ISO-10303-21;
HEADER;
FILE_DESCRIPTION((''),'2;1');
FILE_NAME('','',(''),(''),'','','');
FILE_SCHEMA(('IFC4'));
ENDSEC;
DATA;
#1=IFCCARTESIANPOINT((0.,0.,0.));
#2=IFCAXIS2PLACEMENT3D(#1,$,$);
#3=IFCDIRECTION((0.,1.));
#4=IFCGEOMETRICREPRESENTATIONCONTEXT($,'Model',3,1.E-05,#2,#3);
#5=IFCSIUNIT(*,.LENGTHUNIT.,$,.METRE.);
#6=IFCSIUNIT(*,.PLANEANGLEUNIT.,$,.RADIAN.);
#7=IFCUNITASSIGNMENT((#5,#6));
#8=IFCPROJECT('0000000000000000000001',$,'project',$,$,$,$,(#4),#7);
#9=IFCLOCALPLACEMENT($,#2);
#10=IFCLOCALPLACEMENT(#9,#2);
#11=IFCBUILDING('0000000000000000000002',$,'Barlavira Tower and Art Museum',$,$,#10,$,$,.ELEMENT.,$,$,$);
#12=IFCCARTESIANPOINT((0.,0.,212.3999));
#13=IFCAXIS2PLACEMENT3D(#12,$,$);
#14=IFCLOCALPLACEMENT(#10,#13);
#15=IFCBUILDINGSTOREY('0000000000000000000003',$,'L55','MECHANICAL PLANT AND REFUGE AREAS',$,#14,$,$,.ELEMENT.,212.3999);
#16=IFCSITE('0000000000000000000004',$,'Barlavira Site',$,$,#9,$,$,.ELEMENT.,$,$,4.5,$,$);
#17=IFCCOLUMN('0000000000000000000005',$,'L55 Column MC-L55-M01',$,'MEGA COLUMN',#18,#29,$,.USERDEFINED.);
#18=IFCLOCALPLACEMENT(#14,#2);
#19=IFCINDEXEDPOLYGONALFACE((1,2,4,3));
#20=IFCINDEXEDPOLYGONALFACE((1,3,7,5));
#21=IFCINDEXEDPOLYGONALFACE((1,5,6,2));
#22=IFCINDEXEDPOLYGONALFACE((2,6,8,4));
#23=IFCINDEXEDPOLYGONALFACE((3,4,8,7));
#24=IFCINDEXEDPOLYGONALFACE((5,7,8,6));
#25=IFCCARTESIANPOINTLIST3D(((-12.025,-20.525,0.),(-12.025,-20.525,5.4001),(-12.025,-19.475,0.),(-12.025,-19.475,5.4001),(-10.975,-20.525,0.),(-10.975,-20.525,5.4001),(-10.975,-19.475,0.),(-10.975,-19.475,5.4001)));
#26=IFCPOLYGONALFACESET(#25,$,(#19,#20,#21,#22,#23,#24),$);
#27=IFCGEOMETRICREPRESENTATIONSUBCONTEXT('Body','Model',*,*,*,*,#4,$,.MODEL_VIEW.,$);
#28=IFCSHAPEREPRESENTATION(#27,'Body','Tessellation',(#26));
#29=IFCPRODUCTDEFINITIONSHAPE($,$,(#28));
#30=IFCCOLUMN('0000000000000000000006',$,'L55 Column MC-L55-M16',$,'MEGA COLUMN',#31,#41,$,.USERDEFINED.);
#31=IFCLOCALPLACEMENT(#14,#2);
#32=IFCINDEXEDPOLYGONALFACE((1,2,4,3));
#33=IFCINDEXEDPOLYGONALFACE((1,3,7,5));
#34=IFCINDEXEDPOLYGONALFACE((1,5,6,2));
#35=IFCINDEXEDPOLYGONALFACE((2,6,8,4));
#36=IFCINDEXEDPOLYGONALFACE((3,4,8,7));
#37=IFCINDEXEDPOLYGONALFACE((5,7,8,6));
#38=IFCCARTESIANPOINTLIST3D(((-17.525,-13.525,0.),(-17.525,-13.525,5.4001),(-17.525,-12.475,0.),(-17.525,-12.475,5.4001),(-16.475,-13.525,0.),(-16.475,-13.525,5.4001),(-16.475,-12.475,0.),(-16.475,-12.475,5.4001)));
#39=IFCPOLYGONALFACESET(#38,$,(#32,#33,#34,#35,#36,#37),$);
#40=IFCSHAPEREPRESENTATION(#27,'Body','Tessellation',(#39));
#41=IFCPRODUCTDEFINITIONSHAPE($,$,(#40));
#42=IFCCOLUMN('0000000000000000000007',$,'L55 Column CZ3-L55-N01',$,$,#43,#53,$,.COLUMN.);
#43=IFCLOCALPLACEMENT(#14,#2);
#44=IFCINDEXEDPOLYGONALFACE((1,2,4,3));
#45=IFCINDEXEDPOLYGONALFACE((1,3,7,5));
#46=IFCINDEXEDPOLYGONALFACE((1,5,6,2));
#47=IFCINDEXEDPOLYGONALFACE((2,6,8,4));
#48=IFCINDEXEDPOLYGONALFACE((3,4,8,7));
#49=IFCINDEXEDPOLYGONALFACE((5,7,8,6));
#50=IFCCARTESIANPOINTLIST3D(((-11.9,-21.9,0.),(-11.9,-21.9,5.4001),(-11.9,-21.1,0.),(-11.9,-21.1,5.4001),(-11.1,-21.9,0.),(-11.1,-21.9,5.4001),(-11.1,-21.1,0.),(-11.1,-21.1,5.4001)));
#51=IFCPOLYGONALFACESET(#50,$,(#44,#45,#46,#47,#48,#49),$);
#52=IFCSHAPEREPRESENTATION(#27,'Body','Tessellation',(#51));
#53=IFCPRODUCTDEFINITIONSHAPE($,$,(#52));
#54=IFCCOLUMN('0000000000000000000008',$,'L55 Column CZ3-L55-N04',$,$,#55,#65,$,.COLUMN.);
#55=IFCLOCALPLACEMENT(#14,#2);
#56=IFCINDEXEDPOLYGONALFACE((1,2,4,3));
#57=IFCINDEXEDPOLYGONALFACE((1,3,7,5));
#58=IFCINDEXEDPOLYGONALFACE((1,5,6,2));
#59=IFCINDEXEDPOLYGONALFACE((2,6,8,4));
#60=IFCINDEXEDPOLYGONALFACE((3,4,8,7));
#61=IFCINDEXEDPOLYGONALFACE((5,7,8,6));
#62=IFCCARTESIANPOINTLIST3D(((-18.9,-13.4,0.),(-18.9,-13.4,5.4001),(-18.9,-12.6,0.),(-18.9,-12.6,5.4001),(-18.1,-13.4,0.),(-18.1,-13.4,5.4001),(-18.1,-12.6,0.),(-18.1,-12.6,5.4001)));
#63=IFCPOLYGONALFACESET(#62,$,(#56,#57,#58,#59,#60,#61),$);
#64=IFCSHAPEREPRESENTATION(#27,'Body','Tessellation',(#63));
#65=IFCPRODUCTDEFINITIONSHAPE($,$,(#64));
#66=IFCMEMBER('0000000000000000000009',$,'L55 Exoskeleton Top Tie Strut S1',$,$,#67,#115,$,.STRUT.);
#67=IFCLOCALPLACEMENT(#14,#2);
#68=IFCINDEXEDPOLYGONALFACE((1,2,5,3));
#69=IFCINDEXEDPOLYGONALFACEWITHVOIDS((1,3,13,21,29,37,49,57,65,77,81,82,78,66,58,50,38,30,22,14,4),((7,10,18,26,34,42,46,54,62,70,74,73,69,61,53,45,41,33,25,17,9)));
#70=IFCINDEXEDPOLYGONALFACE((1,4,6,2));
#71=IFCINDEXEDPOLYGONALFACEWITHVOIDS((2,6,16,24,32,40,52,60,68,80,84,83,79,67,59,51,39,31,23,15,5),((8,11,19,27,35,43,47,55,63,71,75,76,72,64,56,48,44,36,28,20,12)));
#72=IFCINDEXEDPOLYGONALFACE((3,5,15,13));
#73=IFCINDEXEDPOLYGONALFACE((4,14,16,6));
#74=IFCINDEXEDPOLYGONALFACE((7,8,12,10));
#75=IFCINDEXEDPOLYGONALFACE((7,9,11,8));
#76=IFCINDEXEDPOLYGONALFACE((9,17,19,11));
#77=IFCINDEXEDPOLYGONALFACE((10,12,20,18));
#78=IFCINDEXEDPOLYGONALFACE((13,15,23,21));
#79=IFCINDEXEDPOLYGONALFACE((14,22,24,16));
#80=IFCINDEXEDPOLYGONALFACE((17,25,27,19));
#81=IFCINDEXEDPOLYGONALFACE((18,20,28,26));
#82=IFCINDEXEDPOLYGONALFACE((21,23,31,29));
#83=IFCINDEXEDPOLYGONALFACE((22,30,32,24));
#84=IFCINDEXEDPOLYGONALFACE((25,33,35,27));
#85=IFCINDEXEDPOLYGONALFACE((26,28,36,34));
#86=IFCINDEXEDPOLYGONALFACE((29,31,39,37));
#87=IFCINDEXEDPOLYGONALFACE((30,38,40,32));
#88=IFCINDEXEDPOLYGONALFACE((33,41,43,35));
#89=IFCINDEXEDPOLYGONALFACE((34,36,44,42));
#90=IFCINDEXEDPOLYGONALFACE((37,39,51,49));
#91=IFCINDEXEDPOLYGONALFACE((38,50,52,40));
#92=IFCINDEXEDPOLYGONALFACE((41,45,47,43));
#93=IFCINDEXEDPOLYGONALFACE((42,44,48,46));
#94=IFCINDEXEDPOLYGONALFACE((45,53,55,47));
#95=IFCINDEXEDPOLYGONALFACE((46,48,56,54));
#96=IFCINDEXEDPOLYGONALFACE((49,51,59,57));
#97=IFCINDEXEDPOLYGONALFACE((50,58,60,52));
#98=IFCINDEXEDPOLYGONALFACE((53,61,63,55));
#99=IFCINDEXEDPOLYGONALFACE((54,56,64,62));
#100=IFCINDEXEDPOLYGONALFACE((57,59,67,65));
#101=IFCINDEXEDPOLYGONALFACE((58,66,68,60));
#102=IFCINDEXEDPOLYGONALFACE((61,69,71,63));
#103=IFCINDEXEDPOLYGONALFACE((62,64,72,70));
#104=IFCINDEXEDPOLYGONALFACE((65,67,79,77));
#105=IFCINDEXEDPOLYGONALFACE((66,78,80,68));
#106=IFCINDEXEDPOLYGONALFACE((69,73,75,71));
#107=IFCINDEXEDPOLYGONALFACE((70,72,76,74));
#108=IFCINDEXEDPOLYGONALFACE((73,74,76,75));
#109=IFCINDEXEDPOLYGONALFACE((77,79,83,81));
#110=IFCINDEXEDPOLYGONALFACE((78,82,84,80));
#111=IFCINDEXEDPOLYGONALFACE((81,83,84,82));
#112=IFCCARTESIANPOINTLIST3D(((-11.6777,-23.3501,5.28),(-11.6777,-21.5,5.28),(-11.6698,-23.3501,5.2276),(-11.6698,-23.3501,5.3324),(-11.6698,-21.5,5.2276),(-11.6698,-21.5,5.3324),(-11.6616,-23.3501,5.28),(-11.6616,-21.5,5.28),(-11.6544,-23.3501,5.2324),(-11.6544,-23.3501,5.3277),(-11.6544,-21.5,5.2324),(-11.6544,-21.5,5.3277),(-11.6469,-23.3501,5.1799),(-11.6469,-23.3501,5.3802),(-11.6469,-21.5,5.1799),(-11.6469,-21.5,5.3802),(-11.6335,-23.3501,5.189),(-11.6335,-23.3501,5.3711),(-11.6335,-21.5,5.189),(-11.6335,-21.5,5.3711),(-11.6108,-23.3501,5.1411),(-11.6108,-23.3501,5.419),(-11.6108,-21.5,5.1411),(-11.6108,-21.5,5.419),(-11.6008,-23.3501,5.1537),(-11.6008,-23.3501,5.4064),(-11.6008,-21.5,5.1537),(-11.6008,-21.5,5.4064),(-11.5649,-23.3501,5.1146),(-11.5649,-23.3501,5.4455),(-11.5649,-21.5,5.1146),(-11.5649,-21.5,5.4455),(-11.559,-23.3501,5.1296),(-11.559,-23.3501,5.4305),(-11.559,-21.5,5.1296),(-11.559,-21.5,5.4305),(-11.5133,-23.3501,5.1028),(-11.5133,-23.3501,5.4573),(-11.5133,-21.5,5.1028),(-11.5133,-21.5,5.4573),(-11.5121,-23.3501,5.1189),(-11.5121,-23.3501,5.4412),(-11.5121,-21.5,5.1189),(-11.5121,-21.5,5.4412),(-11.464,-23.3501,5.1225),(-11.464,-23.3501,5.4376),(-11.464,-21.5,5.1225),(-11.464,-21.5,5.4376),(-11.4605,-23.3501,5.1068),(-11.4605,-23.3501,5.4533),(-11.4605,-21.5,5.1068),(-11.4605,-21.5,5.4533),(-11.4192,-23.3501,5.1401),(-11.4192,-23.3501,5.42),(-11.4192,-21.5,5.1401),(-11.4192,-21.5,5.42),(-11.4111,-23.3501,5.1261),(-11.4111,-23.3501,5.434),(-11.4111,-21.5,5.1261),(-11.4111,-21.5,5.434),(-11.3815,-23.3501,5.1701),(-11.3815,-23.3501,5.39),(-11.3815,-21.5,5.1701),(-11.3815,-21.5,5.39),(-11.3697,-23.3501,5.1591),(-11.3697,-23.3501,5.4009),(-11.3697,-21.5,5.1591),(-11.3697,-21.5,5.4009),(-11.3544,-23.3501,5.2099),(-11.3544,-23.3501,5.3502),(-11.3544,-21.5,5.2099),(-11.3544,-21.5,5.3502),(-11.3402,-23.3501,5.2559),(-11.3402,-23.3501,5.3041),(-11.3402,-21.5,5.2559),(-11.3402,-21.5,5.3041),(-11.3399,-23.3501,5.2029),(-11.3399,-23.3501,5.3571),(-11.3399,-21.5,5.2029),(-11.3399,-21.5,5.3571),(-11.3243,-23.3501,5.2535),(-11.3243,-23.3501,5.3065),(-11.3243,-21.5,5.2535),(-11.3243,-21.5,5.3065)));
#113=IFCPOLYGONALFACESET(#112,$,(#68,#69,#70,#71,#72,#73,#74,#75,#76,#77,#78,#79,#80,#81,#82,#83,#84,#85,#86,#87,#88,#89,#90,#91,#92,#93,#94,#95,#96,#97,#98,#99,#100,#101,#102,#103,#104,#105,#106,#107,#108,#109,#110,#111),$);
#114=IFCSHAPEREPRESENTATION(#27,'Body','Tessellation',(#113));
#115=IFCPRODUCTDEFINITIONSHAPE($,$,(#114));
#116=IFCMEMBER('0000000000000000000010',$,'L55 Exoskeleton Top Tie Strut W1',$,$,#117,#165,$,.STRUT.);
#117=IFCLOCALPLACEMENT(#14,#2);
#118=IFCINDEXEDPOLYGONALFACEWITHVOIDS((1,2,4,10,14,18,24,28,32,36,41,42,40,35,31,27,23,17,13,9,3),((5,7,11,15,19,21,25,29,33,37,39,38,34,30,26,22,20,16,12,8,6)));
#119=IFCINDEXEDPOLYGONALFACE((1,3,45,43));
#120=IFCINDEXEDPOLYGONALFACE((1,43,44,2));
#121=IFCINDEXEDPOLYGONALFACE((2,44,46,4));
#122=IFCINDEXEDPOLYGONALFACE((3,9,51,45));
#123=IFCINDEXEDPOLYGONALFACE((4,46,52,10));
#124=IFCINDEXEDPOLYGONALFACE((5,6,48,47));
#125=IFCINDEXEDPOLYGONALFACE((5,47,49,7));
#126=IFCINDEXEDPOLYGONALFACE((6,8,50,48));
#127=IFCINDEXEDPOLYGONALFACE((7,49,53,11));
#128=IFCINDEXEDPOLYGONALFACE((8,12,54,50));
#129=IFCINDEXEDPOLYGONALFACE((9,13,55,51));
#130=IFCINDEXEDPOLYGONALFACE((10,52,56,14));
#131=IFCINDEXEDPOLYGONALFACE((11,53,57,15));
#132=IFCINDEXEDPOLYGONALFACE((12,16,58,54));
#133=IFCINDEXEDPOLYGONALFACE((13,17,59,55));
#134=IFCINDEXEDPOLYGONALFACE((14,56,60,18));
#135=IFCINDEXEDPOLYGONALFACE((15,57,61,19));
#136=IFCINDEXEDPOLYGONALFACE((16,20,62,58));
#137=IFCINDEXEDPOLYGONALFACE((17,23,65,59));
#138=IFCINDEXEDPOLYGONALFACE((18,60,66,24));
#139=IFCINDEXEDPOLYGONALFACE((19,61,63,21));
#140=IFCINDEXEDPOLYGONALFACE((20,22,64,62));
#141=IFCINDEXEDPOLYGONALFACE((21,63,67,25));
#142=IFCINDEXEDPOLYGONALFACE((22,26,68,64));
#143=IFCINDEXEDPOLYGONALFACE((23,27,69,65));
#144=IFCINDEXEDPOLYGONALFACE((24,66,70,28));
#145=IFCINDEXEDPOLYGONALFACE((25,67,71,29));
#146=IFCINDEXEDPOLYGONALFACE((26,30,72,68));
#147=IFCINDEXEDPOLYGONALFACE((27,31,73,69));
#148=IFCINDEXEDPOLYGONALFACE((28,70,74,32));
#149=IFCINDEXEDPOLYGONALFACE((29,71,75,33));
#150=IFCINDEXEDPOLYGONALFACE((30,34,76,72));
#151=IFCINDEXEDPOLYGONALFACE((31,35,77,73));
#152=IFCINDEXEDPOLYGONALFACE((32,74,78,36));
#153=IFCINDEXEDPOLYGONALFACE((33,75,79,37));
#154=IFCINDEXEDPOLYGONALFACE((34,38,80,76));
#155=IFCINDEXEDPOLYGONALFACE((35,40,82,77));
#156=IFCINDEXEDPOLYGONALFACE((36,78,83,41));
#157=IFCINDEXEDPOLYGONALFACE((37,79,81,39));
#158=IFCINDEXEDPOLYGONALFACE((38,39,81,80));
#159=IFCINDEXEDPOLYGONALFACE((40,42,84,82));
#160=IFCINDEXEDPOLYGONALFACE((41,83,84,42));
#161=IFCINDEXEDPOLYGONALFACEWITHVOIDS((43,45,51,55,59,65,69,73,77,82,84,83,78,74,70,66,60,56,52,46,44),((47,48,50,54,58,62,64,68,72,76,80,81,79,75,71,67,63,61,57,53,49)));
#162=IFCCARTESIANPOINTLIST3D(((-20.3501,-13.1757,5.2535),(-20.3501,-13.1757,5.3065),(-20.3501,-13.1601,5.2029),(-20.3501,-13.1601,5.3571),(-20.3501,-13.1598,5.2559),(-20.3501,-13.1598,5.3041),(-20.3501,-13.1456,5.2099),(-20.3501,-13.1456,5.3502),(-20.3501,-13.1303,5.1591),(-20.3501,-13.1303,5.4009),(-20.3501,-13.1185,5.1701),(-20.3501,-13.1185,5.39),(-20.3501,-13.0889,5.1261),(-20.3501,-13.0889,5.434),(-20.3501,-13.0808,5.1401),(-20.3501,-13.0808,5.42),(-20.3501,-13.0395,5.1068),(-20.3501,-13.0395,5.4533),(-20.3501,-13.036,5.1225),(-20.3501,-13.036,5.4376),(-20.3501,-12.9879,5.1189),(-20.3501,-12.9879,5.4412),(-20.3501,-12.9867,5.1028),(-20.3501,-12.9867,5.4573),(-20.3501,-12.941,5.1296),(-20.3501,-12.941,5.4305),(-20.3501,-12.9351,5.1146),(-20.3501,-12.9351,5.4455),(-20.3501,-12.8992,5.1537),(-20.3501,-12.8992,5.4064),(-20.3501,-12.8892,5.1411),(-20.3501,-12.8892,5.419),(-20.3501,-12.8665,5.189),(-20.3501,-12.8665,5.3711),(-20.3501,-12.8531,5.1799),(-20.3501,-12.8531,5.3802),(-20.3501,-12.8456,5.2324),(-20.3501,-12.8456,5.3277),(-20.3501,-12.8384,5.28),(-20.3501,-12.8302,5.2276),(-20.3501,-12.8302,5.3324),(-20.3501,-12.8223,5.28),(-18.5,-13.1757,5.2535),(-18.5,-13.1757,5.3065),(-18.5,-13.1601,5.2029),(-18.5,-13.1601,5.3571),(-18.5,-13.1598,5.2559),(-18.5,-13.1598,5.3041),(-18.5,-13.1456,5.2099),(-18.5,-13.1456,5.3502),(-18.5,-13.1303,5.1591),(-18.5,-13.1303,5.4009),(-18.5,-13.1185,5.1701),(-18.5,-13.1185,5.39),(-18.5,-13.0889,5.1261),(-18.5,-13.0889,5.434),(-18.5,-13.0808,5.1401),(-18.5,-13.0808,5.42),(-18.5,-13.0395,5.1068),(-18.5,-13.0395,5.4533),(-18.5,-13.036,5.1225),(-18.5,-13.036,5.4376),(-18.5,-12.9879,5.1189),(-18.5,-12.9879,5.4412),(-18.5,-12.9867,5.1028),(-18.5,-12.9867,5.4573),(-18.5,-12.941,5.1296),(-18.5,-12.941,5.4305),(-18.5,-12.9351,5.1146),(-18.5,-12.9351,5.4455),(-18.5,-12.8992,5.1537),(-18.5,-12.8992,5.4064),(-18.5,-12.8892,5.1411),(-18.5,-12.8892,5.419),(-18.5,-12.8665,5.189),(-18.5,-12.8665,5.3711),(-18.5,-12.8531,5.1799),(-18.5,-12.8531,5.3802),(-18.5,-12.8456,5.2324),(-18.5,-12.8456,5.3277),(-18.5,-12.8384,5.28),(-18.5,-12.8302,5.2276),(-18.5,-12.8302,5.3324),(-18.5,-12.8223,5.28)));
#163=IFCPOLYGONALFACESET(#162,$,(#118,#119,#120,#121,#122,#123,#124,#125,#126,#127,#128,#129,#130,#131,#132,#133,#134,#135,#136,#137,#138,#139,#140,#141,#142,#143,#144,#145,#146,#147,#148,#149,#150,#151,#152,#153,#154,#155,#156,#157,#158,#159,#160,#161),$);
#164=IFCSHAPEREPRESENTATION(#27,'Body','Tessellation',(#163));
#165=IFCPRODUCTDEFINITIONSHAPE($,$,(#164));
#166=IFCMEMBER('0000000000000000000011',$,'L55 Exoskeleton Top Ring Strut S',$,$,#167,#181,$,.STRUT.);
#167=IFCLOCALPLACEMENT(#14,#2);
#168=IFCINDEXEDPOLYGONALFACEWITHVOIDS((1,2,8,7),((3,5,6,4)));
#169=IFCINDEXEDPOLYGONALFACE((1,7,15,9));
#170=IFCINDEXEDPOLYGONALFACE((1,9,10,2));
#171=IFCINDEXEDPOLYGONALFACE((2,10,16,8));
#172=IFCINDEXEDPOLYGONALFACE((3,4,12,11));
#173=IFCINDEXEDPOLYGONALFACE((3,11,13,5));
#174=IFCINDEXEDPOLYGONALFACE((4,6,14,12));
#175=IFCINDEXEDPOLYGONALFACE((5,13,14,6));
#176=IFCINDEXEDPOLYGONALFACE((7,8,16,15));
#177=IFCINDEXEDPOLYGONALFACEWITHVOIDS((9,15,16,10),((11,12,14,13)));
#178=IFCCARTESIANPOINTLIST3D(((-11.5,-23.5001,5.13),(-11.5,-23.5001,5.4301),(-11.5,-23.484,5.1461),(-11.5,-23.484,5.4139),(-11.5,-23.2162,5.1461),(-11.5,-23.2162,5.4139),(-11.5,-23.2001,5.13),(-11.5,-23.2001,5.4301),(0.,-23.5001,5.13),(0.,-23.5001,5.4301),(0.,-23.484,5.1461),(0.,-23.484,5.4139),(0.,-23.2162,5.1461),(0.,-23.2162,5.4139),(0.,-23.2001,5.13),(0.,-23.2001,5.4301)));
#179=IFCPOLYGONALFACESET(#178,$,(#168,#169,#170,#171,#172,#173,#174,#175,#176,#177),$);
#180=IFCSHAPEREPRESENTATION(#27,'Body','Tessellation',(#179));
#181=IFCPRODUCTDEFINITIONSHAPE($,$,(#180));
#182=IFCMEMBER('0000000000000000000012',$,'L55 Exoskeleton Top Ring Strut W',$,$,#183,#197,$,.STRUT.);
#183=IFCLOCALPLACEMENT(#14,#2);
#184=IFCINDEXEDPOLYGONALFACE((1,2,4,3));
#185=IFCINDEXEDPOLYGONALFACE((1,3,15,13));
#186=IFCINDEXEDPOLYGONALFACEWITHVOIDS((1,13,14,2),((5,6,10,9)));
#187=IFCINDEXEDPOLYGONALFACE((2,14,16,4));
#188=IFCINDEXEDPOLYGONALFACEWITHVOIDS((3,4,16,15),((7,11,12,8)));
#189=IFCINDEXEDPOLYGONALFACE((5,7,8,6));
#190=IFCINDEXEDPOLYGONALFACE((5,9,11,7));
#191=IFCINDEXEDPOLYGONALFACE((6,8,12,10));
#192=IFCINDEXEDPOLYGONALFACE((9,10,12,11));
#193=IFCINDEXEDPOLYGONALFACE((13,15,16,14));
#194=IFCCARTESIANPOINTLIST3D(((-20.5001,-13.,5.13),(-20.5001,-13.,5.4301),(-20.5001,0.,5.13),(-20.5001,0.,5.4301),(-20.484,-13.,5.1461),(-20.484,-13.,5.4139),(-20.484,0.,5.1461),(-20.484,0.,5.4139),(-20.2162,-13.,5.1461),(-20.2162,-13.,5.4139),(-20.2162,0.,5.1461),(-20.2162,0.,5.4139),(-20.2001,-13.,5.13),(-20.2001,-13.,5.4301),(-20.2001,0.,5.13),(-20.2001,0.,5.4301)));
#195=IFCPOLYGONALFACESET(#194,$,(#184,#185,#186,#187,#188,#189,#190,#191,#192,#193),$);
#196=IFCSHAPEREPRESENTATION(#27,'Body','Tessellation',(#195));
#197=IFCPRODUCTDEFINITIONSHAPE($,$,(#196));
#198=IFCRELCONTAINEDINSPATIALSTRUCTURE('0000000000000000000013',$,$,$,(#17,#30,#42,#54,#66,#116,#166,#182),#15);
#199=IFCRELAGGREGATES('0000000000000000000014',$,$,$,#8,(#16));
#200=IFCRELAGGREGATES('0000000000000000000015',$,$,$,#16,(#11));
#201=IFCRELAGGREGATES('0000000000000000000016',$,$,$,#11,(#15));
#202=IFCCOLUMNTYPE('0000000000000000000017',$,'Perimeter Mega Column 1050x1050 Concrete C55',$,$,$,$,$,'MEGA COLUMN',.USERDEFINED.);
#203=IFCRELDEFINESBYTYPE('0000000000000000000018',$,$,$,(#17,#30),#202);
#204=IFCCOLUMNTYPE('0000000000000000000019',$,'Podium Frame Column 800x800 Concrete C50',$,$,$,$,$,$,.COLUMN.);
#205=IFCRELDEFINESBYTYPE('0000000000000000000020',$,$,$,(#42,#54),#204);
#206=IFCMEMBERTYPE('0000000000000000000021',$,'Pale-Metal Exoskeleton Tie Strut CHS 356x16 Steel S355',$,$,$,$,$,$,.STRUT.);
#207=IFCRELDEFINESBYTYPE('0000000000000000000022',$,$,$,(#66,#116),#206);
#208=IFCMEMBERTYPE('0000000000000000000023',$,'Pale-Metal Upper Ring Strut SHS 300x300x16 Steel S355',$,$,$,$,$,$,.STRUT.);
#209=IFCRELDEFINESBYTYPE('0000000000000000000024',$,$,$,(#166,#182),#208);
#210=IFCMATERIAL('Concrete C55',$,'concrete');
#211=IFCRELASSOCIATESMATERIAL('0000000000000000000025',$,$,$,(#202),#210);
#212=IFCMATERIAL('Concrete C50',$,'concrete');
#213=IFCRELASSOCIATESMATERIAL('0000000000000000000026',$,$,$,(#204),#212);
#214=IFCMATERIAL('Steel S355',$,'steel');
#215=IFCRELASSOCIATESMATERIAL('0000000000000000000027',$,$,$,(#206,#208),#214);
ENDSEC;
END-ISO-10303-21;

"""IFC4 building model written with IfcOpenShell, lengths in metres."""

from ifc_helpers import new_model, si_unit, direction, frame, origin, origin_2d, place, context, subcontext, project, spatial, rectangle, hollow_rectangle, hollow_circle, extrude, material, material_profile, profile_set, type_object, element, save


model = new_model("IFC4")

# Units and contexts
model_context = context("Model", 3, precision=1e-05, world=origin(), true_north=direction((0.0, 1.0)))
body_context = subcontext(model_context, "Body", "Model", "MODEL_VIEW")
ifc_project = project(units=[si_unit("LENGTHUNIT", "METRE"), si_unit("PLANEANGLEUNIT", "RADIAN")], contexts=[model_context])

# Site, building, storey
site_placement = place(None, origin())
site = spatial("IfcSite", under=ifc_project, at=site_placement, Name="Barlavira Site", CompositionType="ELEMENT", RefElevation=4.5)
building_placement = place(site_placement, origin())
building = spatial("IfcBuilding", under=site, at=building_placement, Name="Barlavira Tower and Art Museum", CompositionType="ELEMENT")
storey_placement = place(building_placement, frame((0.0, 0.0, 212.3999)))
storey = spatial("IfcBuildingStorey", under=building, at=storey_placement, Name="L55", Description="MECHANICAL PLANT AND REFUGE AREAS", CompositionType="ELEMENT", Elevation=212.3999)

# Columns
ifc_material_1 = material(Name="Concrete C55", Category="concrete")
ifc_material_profile_1 = material_profile(ifc_material_1, rectangle(XDim=1.05, YDim=1.05, at=origin_2d()), Name="RC-COL 1050x1050")
ifc_profile_set_1 = profile_set([ifc_material_profile_1], Name="Concrete C55")
column_type_1 = type_object("IfcColumnType", Name="Perimeter Mega Column 1050x1050 Concrete C55", ElementType="MEGA COLUMN", PredefinedType="USERDEFINED", material=ifc_profile_set_1)
for number, where, z_axis, x_axis, name in (
    (1, (-11.5, -20.0, 0.0), (0.0, 0.0, 1.0), (1.0, 0.0, 0.0), "L55 Column MC-L55-M01"),
    (2, (-17.0, -13.0, 0.0), (0.0, 0.0, 1.0), (1.0, 0.0, 0.0), "L55 Column MC-L55-M16"),
):
    element("IfcColumn", number, at=place(storey_placement, frame(where, z_axis=z_axis, x_axis=x_axis)), inside=storey, type_object=column_type_1, Name=name, ObjectType="MEGA COLUMN", PredefinedType="USERDEFINED", context=body_context, shape_type="SweptSolid", body=[
        extrude(rectangle(XDim=1.05, YDim=1.05, at=origin_2d()), origin(), (0.0, 0.0, 1.0), 5.4001),
    ])
ifc_material_2 = material(Name="Concrete C50", Category="concrete")
ifc_material_profile_2 = material_profile(ifc_material_2, rectangle(XDim=0.8, YDim=0.8, at=origin_2d()), Name="RC-COL 800x800")
ifc_profile_set_2 = profile_set([ifc_material_profile_2], Name="Concrete C50")
column_type_2 = type_object("IfcColumnType", Name="Podium Frame Column 800x800 Concrete C50", PredefinedType="COLUMN", material=ifc_profile_set_2)
for number, where, z_axis, x_axis, name in (
    (3, (-11.5, -21.5, 0.0), (0.0, 0.0, 1.0), (1.0, 0.0, 0.0), "L55 Column CZ3-L55-N01"),
    (4, (-18.5, -13.0, 0.0), (0.0, 0.0, 1.0), (1.0, 0.0, 0.0), "L55 Column CZ3-L55-N04"),
):
    element("IfcColumn", number, at=place(storey_placement, frame(where, z_axis=z_axis, x_axis=x_axis)), inside=storey, type_object=column_type_2, Name=name, PredefinedType="COLUMN", context=body_context, shape_type="SweptSolid", body=[
        extrude(rectangle(XDim=0.8, YDim=0.8, at=origin_2d()), origin(), (0.0, 0.0, 1.0), 5.4001),
    ])

# Members
ifc_material_3 = material(Name="Steel S355", Category="steel")
ifc_material_profile_3 = material_profile(ifc_material_3, hollow_circle(Radius=0.1777, WallThickness=0.0161, at=origin_2d()), Name="CHS 355.6x16.0")
ifc_profile_set_3 = profile_set([ifc_material_profile_3], Name="Steel S355")
member_type_1 = type_object("IfcMemberType", Name="Pale-Metal Exoskeleton Tie Strut CHS 356x16 Steel S355", PredefinedType="STRUT", material=ifc_profile_set_3)
for number, where, z_axis, x_axis, name in (
    (5, (-11.5, -23.3501, 5.28), (0.0, 1.0, 0.0), (-1.0, 0.0, 0.0), "L55 Exoskeleton Top Tie Strut S1"),
    (6, (-20.3501, -13.0, 5.28), (1.0, 0.0, 0.0), (0.0, 1.0, 0.0), "L55 Exoskeleton Top Tie Strut W1"),
):
    element("IfcMember", number, at=place(storey_placement, frame(where, z_axis=z_axis, x_axis=x_axis)), inside=storey, type_object=member_type_1, Name=name, PredefinedType="STRUT", context=body_context, shape_type="SweptSolid", body=[
        extrude(hollow_circle(Radius=0.1777, WallThickness=0.0161, at=origin_2d()), origin(), (0.0, 0.0, 1.0), 1.8501),
    ])
ifc_material_profile_4 = material_profile(ifc_material_3, hollow_rectangle(XDim=0.3, YDim=0.3, WallThickness=0.0161, at=origin_2d()), Name="SHS 300x300x16.0")
ifc_profile_set_4 = profile_set([ifc_material_profile_4], Name="Steel S355")
member_type_2 = type_object("IfcMemberType", Name="Pale-Metal Upper Ring Strut SHS 300x300x16 Steel S355", PredefinedType="STRUT", material=ifc_profile_set_4)
member_1_placement = place(storey_placement, frame((-11.5, -23.3501, 5.28), z_axis=(1.0, 0.0, 0.0), x_axis=(0.0, 1.0, 0.0)))
element("IfcMember", 7, at=member_1_placement, inside=storey, type_object=member_type_2, Name="L55 Exoskeleton Top Ring Strut S", PredefinedType="STRUT", context=body_context, shape_type="SweptSolid", body=[
    extrude(hollow_rectangle(XDim=0.3, YDim=0.3, WallThickness=0.0161, at=origin_2d()), origin(), (0.0, 0.0, 1.0), 11.5),
])
member_2_placement = place(storey_placement, frame((-20.3501, -13.0, 5.28), z_axis=(0.0, 1.0, 0.0), x_axis=(-1.0, 0.0, 0.0)))
element("IfcMember", 8, at=member_2_placement, inside=storey, type_object=member_type_2, Name="L55 Exoskeleton Top Ring Strut W", PredefinedType="STRUT", context=body_context, shape_type="SweptSolid", body=[
    extrude(hollow_rectangle(XDim=0.3, YDim=0.3, WallThickness=0.0161, at=origin_2d()), origin(), (0.0, 0.0, 1.0), 13.0),
])

save(model, "model.ifc")
